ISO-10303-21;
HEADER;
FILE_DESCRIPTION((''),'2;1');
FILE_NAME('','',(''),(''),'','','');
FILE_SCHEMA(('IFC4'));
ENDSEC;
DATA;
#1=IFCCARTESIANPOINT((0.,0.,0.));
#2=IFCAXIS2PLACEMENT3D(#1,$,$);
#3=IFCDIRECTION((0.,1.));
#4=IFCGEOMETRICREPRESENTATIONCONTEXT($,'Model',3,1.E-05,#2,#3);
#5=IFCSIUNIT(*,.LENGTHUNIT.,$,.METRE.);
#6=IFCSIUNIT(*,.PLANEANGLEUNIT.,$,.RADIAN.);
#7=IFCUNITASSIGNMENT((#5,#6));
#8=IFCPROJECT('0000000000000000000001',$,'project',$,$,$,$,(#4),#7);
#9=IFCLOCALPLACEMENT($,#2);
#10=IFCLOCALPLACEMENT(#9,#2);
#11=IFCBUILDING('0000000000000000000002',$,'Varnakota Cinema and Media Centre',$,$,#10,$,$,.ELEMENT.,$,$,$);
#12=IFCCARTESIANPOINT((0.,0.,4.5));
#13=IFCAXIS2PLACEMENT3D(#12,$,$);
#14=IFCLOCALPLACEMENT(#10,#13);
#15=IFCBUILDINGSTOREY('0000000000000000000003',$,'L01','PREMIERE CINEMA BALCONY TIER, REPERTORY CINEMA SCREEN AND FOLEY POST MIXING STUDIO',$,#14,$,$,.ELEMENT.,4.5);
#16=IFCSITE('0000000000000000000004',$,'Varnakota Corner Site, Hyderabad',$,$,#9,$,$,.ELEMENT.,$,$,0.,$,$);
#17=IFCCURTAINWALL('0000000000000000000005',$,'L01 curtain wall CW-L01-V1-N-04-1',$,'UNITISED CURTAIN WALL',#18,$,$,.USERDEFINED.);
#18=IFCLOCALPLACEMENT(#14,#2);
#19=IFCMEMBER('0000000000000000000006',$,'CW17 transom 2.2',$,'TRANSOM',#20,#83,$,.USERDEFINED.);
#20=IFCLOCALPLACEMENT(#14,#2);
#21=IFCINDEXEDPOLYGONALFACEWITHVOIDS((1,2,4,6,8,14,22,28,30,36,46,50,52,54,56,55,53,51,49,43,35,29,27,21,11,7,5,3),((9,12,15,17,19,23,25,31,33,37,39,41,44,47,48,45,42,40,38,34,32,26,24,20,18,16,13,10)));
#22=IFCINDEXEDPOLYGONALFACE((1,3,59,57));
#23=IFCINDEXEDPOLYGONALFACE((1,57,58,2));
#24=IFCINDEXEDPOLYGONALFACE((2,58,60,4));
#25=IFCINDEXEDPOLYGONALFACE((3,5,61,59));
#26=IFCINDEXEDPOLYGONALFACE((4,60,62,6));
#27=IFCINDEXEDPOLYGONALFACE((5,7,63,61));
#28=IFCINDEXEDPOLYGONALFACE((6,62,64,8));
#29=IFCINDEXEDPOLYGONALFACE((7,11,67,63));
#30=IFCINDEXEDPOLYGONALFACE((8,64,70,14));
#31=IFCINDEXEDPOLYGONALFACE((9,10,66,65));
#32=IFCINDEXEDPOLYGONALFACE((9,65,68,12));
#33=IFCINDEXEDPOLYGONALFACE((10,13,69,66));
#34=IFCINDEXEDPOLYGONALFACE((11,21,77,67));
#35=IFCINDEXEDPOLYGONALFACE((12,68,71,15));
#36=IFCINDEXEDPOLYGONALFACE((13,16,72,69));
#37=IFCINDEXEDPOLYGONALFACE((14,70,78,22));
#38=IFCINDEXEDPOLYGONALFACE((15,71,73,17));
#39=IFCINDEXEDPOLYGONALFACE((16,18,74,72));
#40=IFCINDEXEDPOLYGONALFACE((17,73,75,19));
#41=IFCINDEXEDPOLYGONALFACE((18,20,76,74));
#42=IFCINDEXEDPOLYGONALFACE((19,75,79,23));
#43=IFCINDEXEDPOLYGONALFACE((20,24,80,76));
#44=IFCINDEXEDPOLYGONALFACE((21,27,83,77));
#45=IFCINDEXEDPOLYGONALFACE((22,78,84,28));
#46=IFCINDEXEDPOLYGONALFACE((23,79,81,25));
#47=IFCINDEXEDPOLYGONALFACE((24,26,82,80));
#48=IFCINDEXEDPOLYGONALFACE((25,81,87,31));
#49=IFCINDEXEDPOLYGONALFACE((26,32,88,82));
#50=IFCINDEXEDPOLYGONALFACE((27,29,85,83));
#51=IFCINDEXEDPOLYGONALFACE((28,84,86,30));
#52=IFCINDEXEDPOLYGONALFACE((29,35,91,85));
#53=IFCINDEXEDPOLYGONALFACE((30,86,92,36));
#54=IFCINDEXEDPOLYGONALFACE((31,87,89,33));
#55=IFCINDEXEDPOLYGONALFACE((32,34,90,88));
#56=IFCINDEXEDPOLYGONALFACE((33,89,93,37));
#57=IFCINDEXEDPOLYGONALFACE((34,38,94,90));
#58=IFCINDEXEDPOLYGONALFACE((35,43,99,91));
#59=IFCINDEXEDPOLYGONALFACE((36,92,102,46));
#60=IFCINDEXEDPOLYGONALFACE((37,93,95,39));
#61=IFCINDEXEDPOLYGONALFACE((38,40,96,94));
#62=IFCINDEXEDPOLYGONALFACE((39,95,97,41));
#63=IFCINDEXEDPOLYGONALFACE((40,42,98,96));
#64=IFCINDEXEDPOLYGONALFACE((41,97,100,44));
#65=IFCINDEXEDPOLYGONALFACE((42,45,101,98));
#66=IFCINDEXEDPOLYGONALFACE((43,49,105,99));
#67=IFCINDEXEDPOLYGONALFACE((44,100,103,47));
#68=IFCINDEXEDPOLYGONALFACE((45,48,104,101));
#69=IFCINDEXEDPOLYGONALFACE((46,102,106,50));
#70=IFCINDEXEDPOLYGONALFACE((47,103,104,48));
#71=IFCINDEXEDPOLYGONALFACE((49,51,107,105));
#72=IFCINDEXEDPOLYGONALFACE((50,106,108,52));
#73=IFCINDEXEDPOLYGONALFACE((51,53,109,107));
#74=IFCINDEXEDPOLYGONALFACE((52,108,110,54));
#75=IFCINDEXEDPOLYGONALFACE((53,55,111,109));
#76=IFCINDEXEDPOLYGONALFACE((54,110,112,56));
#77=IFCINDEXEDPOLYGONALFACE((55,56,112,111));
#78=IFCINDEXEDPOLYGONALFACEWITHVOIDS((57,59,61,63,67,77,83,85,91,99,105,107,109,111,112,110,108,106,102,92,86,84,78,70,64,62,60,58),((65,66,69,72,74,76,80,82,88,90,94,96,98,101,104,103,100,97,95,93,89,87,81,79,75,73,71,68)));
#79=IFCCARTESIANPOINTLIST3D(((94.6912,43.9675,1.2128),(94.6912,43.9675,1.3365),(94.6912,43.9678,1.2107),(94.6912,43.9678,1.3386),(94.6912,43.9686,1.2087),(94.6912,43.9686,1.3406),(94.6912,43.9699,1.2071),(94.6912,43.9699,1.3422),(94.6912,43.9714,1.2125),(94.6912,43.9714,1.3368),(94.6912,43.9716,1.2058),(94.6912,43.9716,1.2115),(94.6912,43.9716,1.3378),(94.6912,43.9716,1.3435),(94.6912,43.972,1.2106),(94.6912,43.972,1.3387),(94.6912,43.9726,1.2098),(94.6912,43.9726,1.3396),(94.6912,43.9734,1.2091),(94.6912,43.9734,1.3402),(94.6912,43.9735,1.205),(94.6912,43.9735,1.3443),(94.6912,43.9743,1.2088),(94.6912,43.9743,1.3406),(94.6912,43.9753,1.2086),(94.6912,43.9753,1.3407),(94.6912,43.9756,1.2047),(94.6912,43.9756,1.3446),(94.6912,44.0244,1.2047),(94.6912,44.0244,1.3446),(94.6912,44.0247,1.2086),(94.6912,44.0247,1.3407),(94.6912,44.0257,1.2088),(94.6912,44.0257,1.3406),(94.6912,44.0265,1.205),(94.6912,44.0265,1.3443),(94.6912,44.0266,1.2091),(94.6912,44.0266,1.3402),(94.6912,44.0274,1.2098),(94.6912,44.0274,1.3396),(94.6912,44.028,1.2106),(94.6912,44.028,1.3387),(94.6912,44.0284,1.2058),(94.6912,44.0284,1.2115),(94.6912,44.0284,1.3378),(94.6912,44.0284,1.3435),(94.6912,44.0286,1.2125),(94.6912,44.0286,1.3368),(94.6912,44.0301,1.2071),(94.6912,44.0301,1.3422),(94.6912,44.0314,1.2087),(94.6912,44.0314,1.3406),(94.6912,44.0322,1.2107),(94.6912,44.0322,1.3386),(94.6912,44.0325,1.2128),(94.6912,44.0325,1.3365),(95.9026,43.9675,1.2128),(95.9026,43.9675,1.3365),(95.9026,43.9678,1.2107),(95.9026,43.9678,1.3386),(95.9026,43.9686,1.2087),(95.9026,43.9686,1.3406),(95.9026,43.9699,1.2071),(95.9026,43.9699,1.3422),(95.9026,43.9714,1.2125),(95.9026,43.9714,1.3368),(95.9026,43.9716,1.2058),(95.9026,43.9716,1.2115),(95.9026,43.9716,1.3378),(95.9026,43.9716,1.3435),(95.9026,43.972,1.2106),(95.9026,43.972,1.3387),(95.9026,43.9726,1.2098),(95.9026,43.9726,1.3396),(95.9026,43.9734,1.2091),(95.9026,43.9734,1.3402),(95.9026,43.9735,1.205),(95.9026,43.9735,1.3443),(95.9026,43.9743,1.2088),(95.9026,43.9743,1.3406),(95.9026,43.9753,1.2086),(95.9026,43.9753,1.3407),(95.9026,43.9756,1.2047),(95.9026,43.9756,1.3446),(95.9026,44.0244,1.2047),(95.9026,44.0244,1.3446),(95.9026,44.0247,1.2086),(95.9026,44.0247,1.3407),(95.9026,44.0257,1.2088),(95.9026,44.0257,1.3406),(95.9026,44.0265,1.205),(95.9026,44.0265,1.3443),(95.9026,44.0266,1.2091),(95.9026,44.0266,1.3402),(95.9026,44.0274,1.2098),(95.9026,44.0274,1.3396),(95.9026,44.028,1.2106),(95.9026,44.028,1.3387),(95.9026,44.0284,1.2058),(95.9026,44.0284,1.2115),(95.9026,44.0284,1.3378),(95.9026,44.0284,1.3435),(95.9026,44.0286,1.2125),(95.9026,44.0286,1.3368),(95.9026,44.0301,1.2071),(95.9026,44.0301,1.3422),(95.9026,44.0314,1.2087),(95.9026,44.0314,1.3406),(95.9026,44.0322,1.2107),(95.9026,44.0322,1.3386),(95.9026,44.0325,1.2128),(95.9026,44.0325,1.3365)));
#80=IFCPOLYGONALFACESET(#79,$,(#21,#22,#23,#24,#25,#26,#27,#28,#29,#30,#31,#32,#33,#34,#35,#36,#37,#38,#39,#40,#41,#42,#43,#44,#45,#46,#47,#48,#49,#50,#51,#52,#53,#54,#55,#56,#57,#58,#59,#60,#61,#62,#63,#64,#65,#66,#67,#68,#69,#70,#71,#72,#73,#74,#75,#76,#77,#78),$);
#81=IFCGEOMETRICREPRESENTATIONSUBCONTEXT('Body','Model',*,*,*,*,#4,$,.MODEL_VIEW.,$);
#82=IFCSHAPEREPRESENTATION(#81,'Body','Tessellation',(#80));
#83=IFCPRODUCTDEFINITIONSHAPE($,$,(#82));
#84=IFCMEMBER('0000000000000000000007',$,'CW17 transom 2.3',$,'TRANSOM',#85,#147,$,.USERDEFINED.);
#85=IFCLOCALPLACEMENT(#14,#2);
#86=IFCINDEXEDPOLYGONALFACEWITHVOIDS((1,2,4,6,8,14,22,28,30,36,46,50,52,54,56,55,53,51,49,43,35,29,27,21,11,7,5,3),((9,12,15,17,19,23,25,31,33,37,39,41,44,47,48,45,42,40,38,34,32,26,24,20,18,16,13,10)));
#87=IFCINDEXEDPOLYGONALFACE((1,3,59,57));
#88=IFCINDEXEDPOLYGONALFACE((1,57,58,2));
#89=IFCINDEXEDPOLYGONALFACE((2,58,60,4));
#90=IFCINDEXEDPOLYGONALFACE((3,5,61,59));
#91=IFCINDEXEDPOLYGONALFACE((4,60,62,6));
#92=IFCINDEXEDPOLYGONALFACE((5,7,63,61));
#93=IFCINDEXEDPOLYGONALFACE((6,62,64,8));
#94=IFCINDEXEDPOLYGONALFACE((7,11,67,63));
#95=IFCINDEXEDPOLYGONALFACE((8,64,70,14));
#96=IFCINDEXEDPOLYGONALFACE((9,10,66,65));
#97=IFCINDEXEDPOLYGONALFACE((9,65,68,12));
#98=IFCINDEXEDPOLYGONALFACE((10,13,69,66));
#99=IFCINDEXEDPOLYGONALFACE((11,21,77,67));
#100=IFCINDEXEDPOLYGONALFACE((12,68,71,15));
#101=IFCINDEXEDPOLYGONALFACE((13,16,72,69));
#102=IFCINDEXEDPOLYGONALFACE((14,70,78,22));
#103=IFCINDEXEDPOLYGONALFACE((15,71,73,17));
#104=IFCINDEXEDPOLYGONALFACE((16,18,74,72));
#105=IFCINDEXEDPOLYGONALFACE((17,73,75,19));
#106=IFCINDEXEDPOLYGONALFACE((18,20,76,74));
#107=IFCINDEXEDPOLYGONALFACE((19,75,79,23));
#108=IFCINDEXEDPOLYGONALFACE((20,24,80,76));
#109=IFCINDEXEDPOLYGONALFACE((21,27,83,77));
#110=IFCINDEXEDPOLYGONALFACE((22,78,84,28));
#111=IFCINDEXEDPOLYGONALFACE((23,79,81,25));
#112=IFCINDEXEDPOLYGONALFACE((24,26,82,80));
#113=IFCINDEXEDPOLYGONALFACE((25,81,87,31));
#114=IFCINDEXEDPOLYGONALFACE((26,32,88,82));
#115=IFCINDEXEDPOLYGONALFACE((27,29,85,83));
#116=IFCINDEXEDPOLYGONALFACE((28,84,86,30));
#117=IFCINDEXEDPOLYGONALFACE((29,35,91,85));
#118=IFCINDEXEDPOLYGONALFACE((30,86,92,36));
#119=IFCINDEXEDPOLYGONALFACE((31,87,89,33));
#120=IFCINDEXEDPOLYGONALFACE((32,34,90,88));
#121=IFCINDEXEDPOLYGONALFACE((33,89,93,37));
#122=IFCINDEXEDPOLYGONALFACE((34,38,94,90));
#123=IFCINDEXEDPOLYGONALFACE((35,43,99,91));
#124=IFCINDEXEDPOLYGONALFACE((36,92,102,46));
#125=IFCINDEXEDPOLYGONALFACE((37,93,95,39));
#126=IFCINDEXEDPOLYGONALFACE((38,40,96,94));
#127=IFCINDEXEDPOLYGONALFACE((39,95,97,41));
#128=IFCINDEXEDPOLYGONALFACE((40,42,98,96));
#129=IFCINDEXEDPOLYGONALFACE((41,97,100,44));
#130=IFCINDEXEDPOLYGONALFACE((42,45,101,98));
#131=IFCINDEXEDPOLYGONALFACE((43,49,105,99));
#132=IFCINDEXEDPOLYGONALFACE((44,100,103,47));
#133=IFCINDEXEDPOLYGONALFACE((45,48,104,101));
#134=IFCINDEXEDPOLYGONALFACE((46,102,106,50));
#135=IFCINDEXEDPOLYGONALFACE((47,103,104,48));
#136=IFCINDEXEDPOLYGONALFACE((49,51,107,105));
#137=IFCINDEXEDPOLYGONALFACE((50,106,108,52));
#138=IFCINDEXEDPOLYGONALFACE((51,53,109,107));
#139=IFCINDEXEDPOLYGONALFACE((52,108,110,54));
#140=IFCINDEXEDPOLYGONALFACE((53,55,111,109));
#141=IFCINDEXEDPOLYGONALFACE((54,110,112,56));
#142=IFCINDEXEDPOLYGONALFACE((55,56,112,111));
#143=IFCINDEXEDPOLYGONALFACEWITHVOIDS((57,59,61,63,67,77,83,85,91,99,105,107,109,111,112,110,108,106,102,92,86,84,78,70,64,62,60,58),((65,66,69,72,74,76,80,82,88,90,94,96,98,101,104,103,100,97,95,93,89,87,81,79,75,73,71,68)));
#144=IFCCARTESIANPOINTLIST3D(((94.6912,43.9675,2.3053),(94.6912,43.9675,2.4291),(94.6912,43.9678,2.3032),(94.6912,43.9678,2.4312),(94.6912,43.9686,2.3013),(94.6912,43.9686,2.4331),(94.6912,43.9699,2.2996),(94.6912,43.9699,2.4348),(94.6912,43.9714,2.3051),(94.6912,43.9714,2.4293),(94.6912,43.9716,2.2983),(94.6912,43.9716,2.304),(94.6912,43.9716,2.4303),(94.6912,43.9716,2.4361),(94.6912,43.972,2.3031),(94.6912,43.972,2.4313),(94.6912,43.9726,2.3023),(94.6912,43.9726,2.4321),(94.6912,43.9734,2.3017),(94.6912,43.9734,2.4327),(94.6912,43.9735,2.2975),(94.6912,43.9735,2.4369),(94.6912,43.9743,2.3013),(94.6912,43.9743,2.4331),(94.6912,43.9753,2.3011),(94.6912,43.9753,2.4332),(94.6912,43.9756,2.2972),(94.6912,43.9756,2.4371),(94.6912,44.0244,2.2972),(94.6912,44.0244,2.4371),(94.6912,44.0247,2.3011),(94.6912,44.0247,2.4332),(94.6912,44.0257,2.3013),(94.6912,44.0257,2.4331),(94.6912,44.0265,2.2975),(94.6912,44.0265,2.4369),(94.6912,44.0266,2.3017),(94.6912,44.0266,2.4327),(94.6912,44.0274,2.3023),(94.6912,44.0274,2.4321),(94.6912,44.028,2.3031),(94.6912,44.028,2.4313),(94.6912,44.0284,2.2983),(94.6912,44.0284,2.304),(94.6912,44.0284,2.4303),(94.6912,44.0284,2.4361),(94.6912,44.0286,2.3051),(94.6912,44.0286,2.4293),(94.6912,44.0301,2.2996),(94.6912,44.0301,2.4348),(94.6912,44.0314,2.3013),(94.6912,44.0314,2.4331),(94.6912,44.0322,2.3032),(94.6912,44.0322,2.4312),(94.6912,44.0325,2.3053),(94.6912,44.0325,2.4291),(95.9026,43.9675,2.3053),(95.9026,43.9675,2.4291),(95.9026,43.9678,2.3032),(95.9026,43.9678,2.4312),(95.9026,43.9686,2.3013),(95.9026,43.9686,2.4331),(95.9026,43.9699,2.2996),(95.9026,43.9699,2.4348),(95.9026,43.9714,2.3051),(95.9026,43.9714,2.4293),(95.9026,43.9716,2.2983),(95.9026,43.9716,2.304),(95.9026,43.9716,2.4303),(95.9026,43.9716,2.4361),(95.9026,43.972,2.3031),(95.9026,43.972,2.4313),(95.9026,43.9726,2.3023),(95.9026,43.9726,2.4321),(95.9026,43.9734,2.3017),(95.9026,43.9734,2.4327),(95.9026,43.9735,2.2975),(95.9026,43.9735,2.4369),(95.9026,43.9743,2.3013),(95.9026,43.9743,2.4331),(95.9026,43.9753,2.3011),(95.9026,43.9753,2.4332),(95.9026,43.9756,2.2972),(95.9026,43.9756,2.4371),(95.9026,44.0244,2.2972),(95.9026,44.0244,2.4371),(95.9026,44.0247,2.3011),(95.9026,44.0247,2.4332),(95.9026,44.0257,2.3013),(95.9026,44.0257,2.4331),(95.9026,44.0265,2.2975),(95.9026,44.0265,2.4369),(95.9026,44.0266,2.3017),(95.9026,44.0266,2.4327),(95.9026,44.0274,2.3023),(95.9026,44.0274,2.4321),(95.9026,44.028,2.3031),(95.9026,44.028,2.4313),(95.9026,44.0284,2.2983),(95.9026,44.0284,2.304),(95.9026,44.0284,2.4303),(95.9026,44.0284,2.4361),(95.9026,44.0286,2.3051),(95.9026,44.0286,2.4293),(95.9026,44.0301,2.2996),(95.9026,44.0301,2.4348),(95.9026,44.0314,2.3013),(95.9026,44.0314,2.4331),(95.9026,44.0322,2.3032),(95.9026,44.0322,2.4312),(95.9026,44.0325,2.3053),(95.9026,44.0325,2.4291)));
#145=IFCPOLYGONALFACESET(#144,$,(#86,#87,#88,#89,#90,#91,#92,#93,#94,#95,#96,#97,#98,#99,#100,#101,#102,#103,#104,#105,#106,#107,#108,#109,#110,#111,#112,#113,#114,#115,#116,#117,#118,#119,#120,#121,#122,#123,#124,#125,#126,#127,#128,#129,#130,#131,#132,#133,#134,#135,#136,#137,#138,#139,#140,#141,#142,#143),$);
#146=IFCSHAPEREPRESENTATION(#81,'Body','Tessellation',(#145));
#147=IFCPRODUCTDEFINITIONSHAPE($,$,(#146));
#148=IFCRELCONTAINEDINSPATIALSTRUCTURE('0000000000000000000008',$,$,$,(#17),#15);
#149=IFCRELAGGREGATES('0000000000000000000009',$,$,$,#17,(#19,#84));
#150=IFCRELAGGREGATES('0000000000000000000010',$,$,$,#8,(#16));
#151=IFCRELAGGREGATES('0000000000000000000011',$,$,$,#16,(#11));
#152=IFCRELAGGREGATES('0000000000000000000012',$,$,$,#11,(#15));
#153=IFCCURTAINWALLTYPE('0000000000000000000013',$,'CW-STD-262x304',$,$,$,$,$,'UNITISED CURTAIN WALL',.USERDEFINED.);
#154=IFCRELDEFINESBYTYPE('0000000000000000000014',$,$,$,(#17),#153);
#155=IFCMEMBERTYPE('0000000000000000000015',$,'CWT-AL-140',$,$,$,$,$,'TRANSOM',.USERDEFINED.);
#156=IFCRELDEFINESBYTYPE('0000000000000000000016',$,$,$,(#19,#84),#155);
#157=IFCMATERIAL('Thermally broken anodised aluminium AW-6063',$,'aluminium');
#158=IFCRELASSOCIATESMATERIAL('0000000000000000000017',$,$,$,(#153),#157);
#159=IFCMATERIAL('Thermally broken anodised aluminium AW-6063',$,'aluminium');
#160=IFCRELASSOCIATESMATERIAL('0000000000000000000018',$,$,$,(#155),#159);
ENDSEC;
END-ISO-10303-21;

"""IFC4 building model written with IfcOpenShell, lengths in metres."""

from ifc_helpers import new_model, si_unit, direction, frame, origin, origin_2d, place, context, subcontext, project, spatial, hollow_rectangle, extrude, material, material_profile, profile_set, type_object, element, aggregate, save


model = new_model("IFC4")

# Units and contexts
model_context = context("Model", 3, precision=1e-05, world=origin(), true_north=direction((0.0, 1.0)))
body_context = subcontext(model_context, "Body", "Model", "MODEL_VIEW")
ifc_project = project(units=[si_unit("LENGTHUNIT", "METRE"), si_unit("PLANEANGLEUNIT", "RADIAN")], contexts=[model_context])

# Site, building, storey
site_placement = place(None, origin())
site = spatial("IfcSite", under=ifc_project, at=site_placement, Name="Varnakota Corner Site, Hyderabad", CompositionType="ELEMENT", RefElevation=0.0)
building_placement = place(site_placement, origin())
building = spatial("IfcBuilding", under=site, at=building_placement, Name="Varnakota Cinema and Media Centre", CompositionType="ELEMENT")
storey_placement = place(building_placement, frame((0.0, 0.0, 4.5)))
storey = spatial("IfcBuildingStorey", under=building, at=storey_placement, Name="L01", Description="PREMIERE CINEMA BALCONY TIER, REPERTORY CINEMA SCREEN AND FOLEY POST MIXING STUDIO", CompositionType="ELEMENT", Elevation=4.5)

# Curtain wall
ifc_material_1 = material(Name="Thermally broken anodised aluminium AW-6063", Category="aluminium")
curtain_wall_type = type_object("IfcCurtainWallType", Name="CW-STD-262x304", ElementType="UNITISED CURTAIN WALL", PredefinedType="USERDEFINED", material=ifc_material_1)
curtain_wall_1_placement = place(storey_placement, origin())
curtain_wall_1 = element("IfcCurtainWall", 1, at=curtain_wall_1_placement, inside=storey, type_object=curtain_wall_type, Name="L01 curtain wall CW-L01-V1-N-04-1", ObjectType="UNITISED CURTAIN WALL", PredefinedType="USERDEFINED")

# Members
ifc_material_2 = material(Name="Thermally broken anodised aluminium AW-6063", Category="aluminium")
ifc_material_profile_1 = material_profile(ifc_material_2, hollow_rectangle(XDim=0.0649, YDim=0.1399, WallThickness=0.0039, InnerFilletRadius=0.0039, OuterFilletRadius=0.0081, at=origin_2d()), Name="AL-TRANSOM 140x65x4")
ifc_profile_set_1 = profile_set([ifc_material_profile_1], Name="Thermally broken anodised aluminium AW-6063")
member_type_1 = type_object("IfcMemberType", Name="CWT-AL-140", ElementType="TRANSOM", PredefinedType="USERDEFINED", material=ifc_profile_set_1)
member_1_placement = place(storey_placement, frame((94.6912, 44.0, 1.2747), z_axis=(1.0, 0.0, 0.0), x_axis=(0.0, 1.0, 0.0)))
member_1 = element("IfcMember", 2, at=member_1_placement, type_object=member_type_1, Name="CW17 transom 2.2", ObjectType="TRANSOM", PredefinedType="USERDEFINED", context=body_context, shape_type="SweptSolid", body=[
    extrude(hollow_rectangle(XDim=0.0649, YDim=0.1399, WallThickness=0.0039, InnerFilletRadius=0.0039, OuterFilletRadius=0.0081, at=origin_2d()), origin(), (0.0, 0.0, 1.0), 1.2114),
])
member_2_placement = place(storey_placement, frame((94.6912, 44.0, 2.3672), z_axis=(1.0, 0.0, 0.0), x_axis=(0.0, 1.0, 0.0)))
member_2 = element("IfcMember", 3, at=member_2_placement, type_object=member_type_1, Name="CW17 transom 2.3", ObjectType="TRANSOM", PredefinedType="USERDEFINED", context=body_context, shape_type="SweptSolid", body=[
    extrude(hollow_rectangle(XDim=0.0649, YDim=0.1399, WallThickness=0.0039, InnerFilletRadius=0.0039, OuterFilletRadius=0.0081, at=origin_2d()), origin(), (0.0, 0.0, 1.0), 1.2114),
])

aggregate(curtain_wall_1, [member_1, member_2])

save(model, "model.ifc")
